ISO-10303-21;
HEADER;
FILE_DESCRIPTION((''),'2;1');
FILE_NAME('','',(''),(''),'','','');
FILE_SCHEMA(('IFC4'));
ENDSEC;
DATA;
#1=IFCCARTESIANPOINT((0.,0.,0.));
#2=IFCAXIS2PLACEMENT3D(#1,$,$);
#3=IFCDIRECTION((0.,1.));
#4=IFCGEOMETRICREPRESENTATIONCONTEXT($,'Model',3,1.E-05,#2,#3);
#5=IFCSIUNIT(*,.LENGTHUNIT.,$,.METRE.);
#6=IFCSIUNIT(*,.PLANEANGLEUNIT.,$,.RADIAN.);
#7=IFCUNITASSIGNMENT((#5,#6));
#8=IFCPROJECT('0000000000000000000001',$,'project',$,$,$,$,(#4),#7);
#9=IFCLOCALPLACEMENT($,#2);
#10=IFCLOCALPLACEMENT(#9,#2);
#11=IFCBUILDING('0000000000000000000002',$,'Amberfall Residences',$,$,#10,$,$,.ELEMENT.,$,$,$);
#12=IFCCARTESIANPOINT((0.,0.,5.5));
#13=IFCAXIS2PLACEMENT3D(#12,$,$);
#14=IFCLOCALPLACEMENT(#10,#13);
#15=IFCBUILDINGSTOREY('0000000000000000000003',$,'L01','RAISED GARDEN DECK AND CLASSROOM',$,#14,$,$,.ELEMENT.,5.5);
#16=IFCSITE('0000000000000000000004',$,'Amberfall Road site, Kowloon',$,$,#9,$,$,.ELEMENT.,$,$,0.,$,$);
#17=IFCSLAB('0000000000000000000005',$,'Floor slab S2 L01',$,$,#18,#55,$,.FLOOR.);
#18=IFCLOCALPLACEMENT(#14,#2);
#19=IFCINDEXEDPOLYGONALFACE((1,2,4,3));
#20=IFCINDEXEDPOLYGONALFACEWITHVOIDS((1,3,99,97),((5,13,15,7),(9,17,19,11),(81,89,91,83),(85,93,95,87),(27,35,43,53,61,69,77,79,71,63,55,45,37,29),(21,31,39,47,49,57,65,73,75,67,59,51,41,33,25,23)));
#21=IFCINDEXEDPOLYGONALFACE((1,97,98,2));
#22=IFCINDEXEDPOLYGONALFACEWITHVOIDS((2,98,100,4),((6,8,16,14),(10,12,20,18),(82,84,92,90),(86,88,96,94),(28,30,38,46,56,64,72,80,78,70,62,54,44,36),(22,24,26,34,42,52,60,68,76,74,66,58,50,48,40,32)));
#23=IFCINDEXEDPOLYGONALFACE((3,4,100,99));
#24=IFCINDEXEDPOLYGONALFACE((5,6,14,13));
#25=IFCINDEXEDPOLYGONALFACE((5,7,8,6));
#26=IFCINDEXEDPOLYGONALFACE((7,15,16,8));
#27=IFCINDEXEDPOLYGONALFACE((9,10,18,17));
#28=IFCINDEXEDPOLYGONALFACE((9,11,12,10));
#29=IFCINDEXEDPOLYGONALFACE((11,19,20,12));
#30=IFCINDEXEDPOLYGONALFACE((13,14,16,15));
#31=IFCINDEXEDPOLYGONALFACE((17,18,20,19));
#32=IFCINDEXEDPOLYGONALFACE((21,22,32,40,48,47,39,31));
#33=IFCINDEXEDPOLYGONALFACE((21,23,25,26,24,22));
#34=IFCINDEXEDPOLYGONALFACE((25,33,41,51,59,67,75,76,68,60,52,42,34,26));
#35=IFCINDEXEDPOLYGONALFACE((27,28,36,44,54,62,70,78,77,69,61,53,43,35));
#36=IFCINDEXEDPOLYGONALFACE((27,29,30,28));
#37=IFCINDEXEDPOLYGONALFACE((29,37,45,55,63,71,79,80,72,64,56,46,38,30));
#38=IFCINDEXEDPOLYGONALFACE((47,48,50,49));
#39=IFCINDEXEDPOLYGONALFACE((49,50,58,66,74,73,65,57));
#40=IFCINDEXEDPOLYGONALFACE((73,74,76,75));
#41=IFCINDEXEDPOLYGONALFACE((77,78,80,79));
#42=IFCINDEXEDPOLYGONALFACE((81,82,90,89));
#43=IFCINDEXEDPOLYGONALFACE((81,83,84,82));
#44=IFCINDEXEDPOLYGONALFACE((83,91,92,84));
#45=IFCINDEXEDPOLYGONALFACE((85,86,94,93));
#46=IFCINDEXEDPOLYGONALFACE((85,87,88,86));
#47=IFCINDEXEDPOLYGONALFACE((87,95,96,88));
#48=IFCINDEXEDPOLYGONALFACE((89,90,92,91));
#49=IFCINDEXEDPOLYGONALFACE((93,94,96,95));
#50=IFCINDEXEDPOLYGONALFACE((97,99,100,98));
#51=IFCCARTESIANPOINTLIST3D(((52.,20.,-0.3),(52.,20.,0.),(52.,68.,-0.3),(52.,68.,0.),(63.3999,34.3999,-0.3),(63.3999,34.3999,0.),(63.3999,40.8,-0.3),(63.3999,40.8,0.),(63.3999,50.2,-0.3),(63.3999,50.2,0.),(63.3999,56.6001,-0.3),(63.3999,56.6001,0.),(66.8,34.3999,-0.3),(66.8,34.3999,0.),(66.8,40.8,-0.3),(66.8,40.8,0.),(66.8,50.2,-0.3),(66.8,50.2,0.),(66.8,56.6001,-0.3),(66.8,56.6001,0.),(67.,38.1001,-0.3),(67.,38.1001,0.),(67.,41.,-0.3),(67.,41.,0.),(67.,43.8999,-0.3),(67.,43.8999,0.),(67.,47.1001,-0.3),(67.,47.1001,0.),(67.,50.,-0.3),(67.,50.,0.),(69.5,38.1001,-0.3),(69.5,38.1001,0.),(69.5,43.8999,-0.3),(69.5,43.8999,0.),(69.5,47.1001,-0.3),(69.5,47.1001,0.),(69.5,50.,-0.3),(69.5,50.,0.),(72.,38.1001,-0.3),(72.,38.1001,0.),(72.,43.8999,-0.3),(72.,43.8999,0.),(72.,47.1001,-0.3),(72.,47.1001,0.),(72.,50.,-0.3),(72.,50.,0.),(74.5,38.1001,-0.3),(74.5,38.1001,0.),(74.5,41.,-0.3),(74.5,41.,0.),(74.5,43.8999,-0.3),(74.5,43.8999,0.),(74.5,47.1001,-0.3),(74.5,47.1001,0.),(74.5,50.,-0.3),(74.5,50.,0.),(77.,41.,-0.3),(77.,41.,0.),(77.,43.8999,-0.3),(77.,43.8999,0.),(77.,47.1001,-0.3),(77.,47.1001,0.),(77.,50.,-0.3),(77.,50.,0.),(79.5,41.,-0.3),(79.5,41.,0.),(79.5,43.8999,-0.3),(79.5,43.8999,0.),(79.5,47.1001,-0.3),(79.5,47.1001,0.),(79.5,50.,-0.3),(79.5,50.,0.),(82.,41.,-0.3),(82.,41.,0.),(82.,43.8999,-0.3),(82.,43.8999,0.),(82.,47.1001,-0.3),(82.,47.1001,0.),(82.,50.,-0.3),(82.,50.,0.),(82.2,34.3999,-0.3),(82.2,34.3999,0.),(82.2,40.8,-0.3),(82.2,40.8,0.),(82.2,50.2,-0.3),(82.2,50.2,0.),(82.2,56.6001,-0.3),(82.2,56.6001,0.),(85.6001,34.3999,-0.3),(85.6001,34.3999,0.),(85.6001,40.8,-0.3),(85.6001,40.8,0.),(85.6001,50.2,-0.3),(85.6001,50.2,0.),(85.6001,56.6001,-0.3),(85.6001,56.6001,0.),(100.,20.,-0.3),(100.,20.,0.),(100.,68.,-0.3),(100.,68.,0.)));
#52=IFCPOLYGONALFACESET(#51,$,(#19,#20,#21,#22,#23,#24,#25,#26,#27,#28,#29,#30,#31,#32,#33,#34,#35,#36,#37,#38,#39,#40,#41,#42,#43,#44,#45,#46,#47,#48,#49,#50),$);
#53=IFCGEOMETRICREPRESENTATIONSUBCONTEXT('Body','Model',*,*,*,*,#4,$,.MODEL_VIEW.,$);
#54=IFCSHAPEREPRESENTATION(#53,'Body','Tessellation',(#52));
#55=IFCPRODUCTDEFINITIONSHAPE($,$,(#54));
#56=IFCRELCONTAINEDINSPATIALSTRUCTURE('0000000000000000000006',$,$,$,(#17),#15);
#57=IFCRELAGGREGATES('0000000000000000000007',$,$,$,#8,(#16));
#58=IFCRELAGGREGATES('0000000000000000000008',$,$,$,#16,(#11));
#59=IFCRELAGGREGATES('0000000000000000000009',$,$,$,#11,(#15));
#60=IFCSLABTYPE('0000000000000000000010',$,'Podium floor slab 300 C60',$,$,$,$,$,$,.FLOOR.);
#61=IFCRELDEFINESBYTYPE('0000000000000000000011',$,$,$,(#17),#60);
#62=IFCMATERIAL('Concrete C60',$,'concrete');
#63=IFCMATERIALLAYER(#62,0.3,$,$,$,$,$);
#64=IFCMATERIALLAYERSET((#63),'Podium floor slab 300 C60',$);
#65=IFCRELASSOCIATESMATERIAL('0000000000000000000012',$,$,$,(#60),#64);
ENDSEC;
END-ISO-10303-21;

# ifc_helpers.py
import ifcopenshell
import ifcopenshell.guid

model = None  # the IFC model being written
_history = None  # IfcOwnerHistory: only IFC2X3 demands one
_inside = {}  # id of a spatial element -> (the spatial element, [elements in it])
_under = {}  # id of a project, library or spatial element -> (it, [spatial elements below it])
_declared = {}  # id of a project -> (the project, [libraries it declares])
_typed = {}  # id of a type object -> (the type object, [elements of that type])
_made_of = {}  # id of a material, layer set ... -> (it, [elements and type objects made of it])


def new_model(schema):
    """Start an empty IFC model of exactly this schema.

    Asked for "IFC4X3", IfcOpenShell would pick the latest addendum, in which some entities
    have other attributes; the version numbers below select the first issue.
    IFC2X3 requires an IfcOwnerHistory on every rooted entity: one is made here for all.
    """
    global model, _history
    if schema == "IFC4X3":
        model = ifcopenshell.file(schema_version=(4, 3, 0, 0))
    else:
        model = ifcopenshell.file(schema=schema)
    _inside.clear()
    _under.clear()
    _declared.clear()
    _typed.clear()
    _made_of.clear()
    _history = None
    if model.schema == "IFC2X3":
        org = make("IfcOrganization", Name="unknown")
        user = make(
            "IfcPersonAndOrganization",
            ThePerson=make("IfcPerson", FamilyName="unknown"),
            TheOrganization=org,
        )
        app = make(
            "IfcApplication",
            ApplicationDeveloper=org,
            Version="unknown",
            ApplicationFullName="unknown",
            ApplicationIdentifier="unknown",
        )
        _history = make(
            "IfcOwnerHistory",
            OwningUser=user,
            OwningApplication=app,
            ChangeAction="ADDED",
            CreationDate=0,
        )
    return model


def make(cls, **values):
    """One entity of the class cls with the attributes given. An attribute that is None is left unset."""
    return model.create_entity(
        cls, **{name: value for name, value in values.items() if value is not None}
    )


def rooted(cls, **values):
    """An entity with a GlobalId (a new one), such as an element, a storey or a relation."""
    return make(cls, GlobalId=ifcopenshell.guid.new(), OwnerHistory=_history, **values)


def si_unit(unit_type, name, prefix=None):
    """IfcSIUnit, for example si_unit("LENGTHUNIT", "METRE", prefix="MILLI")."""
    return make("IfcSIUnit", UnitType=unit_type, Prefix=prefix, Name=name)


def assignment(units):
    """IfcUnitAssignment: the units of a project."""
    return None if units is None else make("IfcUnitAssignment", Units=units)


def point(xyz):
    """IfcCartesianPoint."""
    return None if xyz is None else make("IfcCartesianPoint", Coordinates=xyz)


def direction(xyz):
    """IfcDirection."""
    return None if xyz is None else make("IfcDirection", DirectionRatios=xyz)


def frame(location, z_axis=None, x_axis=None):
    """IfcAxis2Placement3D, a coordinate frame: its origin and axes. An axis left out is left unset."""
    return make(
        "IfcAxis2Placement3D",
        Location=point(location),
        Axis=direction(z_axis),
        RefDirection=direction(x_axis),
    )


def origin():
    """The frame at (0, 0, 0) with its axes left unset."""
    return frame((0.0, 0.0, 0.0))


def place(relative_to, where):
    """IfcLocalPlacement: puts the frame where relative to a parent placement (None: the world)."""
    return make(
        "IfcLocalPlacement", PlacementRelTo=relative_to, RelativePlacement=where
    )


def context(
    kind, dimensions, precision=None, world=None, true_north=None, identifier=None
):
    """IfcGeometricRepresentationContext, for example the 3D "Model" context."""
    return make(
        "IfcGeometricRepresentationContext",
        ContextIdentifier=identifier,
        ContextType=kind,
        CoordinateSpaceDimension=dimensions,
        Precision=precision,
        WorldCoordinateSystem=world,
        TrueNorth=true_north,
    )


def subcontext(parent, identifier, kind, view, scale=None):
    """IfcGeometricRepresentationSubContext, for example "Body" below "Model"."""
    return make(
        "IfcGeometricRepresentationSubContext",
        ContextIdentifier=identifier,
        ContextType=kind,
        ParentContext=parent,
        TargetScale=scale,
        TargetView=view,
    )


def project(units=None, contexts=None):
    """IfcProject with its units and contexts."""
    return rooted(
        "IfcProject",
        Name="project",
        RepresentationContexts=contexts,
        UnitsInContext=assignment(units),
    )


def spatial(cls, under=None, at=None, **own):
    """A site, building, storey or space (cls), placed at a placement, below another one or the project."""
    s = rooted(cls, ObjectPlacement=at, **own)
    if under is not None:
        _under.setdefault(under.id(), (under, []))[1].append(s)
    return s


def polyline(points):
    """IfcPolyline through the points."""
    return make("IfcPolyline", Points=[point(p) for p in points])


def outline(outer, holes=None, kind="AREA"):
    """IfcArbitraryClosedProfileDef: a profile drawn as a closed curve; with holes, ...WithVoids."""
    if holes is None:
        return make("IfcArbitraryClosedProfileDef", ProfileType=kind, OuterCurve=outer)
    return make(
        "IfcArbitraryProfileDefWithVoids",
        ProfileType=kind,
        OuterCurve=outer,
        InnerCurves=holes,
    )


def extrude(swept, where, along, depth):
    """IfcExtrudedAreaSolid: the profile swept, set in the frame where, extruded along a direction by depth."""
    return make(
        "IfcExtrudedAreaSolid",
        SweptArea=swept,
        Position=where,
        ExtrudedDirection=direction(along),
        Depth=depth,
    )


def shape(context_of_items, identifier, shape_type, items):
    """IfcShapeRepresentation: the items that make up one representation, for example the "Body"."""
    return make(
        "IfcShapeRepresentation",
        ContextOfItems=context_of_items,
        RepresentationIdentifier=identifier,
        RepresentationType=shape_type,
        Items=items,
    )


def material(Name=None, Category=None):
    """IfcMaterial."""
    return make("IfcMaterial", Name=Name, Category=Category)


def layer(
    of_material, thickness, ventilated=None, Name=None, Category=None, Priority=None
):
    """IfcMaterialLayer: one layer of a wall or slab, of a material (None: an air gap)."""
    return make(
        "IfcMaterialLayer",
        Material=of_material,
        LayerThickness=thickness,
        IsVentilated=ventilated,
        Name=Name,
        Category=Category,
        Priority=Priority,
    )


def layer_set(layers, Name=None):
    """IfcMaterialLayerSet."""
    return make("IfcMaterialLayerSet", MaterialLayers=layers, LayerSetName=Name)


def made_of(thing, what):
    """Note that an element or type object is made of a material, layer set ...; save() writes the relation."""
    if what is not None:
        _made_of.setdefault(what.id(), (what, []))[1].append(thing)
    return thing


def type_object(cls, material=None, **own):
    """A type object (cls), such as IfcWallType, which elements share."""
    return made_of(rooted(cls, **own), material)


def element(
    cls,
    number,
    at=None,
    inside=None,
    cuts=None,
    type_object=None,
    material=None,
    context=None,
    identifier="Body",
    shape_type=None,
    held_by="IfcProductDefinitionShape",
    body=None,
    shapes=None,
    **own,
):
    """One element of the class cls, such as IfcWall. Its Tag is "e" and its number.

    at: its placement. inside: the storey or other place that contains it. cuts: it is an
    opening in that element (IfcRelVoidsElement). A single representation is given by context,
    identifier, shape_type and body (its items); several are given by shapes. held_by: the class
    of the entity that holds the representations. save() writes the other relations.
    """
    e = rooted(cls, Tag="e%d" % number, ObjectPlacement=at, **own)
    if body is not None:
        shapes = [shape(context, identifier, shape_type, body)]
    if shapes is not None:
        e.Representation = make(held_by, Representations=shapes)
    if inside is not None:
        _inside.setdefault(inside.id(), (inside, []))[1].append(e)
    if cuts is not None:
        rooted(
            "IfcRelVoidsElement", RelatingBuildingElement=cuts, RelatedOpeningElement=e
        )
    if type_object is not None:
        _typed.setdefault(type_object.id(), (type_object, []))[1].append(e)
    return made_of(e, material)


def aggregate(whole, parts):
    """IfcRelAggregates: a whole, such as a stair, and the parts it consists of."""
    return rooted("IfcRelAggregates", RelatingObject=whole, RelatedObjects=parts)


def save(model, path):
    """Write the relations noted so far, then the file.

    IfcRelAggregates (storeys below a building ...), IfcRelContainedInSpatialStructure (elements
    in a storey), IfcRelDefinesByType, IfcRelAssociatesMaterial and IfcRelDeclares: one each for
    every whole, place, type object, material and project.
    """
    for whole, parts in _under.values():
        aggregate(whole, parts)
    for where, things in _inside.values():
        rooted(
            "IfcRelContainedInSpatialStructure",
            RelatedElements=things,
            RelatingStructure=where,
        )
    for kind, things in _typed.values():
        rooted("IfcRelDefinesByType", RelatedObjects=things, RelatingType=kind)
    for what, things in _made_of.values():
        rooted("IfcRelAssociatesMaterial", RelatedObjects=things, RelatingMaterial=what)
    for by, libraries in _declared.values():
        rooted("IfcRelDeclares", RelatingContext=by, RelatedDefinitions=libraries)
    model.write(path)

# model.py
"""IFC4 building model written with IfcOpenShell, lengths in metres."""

from ifc_helpers import new_model, si_unit, direction, frame, origin, place, context, subcontext, project, spatial, polyline, outline, extrude, material, layer, layer_set, type_object, element, save


model = new_model("IFC4")

# Units and contexts
model_context = context("Model", 3, precision=1e-05, world=origin(), true_north=direction((0.0, 1.0)))
body_context = subcontext(model_context, "Body", "Model", "MODEL_VIEW")
ifc_project = project(units=[si_unit("LENGTHUNIT", "METRE"), si_unit("PLANEANGLEUNIT", "RADIAN")], contexts=[model_context])

# Site, building, storey
site_placement = place(None, origin())
site = spatial("IfcSite", under=ifc_project, at=site_placement, Name="Amberfall Road site, Kowloon", CompositionType="ELEMENT", RefElevation=0.0)
building_placement = place(site_placement, origin())
building = spatial("IfcBuilding", under=site, at=building_placement, Name="Amberfall Residences", CompositionType="ELEMENT")
storey_placement = place(building_placement, frame((0.0, 0.0, 5.5)))
storey = spatial("IfcBuildingStorey", under=building, at=storey_placement, Name="L01", Description="RAISED GARDEN DECK AND CLASSROOM", CompositionType="ELEMENT", Elevation=5.5)

# Slab
ifc_material_1 = material(Name="Concrete C60", Category="concrete")
ifc_layer_1 = layer(ifc_material_1, 0.3)
ifc_layer_set_1 = layer_set([ifc_layer_1], Name="Podium floor slab 300 C60")
slab_type_1 = type_object("IfcSlabType", Name="Podium floor slab 300 C60", PredefinedType="FLOOR", material=ifc_layer_set_1)
slab_1_placement = place(storey_placement, frame((0.0, 0.0, -0.3)))
element("IfcSlab", 1, at=slab_1_placement, inside=storey, type_object=slab_type_1, Name="Floor slab S2 L01", PredefinedType="FLOOR", context=body_context, shape_type="SweptSolid", body=[
    extrude(outline(polyline([(52.0, 68.0), (100.0, 68.0), (100.0, 20.0), (52.0, 20.0), (52.0, 68.0)]), holes=[polyline([(85.6001, 34.3999), (85.6001, 40.8), (82.2, 40.8), (82.2, 34.3999), (85.6001, 34.3999)]), polyline([(82.2, 50.2), (85.6001, 50.2), (85.6001, 56.6001), (82.2, 56.6001), (82.2, 50.2)]), polyline([(69.5, 50.0), (67.0, 50.0), (67.0, 47.1001), (69.5, 47.1001), (72.0, 47.1001), (74.5, 47.1001), (77.0, 47.1001), (79.5, 47.1001), (82.0, 47.1001), (82.0, 50.0), (79.5, 50.0), (77.0, 50.0), (74.5, 50.0), (72.0, 50.0), (69.5, 50.0)]), polyline([(74.5, 41.0), (77.0, 41.0), (79.5, 41.0), (82.0, 41.0), (82.0, 43.8999), (79.5, 43.8999), (77.0, 43.8999), (74.5, 43.8999), (72.0, 43.8999), (69.5, 43.8999), (67.0, 43.8999), (67.0, 41.0), (67.0, 38.1001), (69.5, 38.1001), (72.0, 38.1001), (74.5, 38.1001), (74.5, 41.0)]), polyline([(66.8, 34.3999), (66.8, 40.8), (63.3999, 40.8), (63.3999, 34.3999), (66.8, 34.3999)]), polyline([(66.8, 50.2), (66.8, 56.6001), (63.3999, 56.6001), (63.3999, 50.2), (66.8, 50.2)])]), origin(), (0.0, 0.0, 1.0), 0.3),
])

save(model, "model.ifc")
